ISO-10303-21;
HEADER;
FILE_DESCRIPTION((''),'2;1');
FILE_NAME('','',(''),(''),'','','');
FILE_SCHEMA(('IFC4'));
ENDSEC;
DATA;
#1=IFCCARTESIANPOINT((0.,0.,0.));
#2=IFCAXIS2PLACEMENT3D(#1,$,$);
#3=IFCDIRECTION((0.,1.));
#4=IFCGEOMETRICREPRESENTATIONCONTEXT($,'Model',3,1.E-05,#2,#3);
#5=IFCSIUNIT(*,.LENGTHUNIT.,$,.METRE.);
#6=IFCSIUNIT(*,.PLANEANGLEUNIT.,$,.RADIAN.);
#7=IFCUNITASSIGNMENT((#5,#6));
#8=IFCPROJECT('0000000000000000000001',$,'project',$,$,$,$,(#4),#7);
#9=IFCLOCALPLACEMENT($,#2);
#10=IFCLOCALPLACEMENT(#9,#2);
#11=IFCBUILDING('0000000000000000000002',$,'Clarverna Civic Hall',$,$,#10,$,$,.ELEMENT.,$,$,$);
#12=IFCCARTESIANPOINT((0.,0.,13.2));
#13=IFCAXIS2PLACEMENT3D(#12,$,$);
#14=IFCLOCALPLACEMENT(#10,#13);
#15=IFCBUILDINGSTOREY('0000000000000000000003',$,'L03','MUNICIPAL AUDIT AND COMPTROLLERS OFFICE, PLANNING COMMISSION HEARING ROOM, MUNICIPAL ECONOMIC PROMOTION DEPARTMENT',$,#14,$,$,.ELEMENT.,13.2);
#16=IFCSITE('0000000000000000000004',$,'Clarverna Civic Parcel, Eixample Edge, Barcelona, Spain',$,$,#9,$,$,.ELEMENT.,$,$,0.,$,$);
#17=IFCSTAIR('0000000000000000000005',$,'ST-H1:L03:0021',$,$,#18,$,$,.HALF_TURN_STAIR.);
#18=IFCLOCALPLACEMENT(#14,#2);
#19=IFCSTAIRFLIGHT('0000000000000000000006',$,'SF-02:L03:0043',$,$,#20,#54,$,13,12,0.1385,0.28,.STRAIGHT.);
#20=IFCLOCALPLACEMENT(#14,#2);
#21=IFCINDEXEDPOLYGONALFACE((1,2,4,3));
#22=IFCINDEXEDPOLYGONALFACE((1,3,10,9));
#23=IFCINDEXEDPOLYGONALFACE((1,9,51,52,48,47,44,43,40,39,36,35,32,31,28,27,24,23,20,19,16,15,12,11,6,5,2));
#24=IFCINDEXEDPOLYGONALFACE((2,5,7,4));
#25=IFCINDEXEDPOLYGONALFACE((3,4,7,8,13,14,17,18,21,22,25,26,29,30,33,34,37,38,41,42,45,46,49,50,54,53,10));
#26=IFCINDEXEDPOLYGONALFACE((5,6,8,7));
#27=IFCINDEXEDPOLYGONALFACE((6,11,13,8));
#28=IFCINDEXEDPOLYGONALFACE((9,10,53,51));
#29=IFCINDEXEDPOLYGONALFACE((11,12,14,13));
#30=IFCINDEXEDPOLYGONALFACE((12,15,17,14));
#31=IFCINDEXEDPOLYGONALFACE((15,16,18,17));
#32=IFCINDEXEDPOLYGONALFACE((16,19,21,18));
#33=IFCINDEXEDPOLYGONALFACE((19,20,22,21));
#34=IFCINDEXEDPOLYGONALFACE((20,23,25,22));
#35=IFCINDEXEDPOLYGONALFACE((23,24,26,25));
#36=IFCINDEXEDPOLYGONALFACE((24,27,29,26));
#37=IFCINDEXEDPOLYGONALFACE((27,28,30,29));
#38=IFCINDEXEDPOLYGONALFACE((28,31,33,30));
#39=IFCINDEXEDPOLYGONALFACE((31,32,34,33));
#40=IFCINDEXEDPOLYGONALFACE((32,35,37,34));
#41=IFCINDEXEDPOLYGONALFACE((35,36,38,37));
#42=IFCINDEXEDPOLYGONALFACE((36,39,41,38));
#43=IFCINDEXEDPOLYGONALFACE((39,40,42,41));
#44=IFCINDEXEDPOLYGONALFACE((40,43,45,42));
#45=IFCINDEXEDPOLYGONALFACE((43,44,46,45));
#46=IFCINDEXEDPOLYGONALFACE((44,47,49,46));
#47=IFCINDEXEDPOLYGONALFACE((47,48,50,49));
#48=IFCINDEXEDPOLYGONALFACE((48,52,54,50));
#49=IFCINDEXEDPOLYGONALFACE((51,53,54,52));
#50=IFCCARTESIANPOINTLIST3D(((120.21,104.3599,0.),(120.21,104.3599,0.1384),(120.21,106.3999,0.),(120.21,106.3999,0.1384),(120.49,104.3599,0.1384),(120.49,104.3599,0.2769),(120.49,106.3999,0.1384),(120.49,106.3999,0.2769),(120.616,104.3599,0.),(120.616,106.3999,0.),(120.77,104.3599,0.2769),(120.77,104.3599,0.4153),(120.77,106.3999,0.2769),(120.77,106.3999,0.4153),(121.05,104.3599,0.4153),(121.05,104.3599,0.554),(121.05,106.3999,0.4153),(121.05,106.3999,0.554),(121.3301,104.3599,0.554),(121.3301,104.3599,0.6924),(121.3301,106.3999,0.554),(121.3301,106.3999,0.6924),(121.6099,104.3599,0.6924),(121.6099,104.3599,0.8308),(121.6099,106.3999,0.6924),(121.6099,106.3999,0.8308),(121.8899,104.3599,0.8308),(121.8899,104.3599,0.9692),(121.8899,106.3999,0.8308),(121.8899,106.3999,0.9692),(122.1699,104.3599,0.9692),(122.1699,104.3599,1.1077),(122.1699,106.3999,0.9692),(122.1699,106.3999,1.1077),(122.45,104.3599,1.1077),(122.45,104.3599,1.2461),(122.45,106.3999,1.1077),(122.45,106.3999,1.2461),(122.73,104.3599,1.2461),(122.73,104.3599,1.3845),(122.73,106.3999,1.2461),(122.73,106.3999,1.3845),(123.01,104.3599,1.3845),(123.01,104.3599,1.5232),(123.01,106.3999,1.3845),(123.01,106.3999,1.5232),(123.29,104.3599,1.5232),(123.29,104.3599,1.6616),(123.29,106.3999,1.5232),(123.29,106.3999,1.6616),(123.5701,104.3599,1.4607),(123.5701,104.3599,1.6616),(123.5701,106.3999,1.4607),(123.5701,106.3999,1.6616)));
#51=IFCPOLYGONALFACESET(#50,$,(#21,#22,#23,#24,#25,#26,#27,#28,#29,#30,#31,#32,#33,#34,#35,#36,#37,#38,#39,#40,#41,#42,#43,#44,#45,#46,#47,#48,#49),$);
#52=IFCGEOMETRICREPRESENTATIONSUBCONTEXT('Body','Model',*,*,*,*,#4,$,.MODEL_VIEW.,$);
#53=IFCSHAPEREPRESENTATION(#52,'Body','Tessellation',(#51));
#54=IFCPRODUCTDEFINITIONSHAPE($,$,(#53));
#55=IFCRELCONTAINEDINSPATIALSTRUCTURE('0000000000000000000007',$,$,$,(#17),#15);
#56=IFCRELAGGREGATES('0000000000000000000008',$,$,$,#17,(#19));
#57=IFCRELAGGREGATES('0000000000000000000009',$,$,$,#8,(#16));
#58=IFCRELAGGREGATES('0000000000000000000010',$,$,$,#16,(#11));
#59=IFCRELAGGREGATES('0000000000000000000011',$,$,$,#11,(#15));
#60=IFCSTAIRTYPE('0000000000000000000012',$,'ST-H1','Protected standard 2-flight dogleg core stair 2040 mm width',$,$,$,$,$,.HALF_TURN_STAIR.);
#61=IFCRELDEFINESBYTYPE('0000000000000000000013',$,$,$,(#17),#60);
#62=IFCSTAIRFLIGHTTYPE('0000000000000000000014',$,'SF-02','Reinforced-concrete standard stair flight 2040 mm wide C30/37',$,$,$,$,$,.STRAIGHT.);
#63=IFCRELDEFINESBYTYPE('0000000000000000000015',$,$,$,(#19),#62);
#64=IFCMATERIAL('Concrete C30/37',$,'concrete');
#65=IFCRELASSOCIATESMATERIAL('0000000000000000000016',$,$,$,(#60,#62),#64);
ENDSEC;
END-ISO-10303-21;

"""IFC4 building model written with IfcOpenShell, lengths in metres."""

from ifc_helpers import new_model, si_unit, direction, frame, origin, place, context, subcontext, project, spatial, polyline, outline, extrude, material, type_object, element, aggregate, save


model = new_model("IFC4")

# Units and contexts
model_context = context("Model", 3, precision=1e-05, world=origin(), true_north=direction((0.0, 1.0)))
body_context = subcontext(model_context, "Body", "Model", "MODEL_VIEW")
ifc_project = project(units=[si_unit("LENGTHUNIT", "METRE"), si_unit("PLANEANGLEUNIT", "RADIAN")], contexts=[model_context])

# Site, building, storey
site_placement = place(None, origin())
site = spatial("IfcSite", under=ifc_project, at=site_placement, Name="Clarverna Civic Parcel, Eixample Edge, Barcelona, Spain", CompositionType="ELEMENT", RefElevation=0.0)
building_placement = place(site_placement, origin())
building = spatial("IfcBuilding", under=site, at=building_placement, Name="Clarverna Civic Hall", CompositionType="ELEMENT")
storey_placement = place(building_placement, frame((0.0, 0.0, 13.2)))
storey = spatial("IfcBuildingStorey", under=building, at=storey_placement, Name="L03", Description="MUNICIPAL AUDIT AND COMPTROLLERS OFFICE, PLANNING COMMISSION HEARING ROOM, MUNICIPAL ECONOMIC PROMOTION DEPARTMENT", CompositionType="ELEMENT", Elevation=13.2)

# Stair, stair flight
ifc_material_1 = material(Name="Concrete C30/37", Category="concrete")
stair_type = type_object("IfcStairType", Name="ST-H1", Description="Protected standard 2-flight dogleg core stair 2040 mm width", PredefinedType="HALF_TURN_STAIR", material=ifc_material_1)
stair_placement = place(storey_placement, origin())
stair = element("IfcStair", 1, at=stair_placement, inside=storey, type_object=stair_type, Name="ST-H1:L03:0021", PredefinedType="HALF_TURN_STAIR")
stair_flight_type = type_object("IfcStairFlightType", Name="SF-02", Description="Reinforced-concrete standard stair flight 2040 mm wide C30/37", PredefinedType="STRAIGHT", material=ifc_material_1)
stair_flight_placement = place(storey_placement, frame((120.21, 105.3799, 0.0), z_axis=(0.0, 0.0, 1.0), x_axis=(1.0, 0.0, 0.0)))
stair_flight = element("IfcStairFlight", 2, at=stair_flight_placement, type_object=stair_flight_type, Name="SF-02:L03:0043", NumberOfRisers=13, NumberOfTreads=12, PredefinedType="STRAIGHT", RiserHeight=0.1385, TreadLength=0.28, context=body_context, shape_type="SweptSolid", body=[
    extrude(outline(polyline([(0.0, 0.0), (0.0, 0.1384), (0.28, 0.1384), (0.28, 0.2769), (0.5601, 0.2769), (0.5601, 0.4153), (0.8401, 0.4153), (0.8401, 0.554), (1.1201, 0.554), (1.1201, 0.6924), (1.3999, 0.6924), (1.3999, 0.8308), (1.6799, 0.8308), (1.6799, 0.9692), (1.96, 0.9692), (1.96, 1.1077), (2.24, 1.1077), (2.24, 1.2461), (2.52, 1.2461), (2.52, 1.3845), (2.8, 1.3845), (2.8, 1.5232), (3.0801, 1.5232), (3.0801, 1.6616), (3.3601, 1.6616), (3.3601, 1.8), (3.3601, 1.4607), (0.406, 0.0), (0.0, 0.0)])), frame((0.0, 1.02, 0.0), z_axis=(0.0, -1.0, 0.0), x_axis=(1.0, 0.0, 0.0)), (0.0, 0.0, 1.0), 2.04),
])
aggregate(stair, [stair_flight])

save(model, "model.ifc")
